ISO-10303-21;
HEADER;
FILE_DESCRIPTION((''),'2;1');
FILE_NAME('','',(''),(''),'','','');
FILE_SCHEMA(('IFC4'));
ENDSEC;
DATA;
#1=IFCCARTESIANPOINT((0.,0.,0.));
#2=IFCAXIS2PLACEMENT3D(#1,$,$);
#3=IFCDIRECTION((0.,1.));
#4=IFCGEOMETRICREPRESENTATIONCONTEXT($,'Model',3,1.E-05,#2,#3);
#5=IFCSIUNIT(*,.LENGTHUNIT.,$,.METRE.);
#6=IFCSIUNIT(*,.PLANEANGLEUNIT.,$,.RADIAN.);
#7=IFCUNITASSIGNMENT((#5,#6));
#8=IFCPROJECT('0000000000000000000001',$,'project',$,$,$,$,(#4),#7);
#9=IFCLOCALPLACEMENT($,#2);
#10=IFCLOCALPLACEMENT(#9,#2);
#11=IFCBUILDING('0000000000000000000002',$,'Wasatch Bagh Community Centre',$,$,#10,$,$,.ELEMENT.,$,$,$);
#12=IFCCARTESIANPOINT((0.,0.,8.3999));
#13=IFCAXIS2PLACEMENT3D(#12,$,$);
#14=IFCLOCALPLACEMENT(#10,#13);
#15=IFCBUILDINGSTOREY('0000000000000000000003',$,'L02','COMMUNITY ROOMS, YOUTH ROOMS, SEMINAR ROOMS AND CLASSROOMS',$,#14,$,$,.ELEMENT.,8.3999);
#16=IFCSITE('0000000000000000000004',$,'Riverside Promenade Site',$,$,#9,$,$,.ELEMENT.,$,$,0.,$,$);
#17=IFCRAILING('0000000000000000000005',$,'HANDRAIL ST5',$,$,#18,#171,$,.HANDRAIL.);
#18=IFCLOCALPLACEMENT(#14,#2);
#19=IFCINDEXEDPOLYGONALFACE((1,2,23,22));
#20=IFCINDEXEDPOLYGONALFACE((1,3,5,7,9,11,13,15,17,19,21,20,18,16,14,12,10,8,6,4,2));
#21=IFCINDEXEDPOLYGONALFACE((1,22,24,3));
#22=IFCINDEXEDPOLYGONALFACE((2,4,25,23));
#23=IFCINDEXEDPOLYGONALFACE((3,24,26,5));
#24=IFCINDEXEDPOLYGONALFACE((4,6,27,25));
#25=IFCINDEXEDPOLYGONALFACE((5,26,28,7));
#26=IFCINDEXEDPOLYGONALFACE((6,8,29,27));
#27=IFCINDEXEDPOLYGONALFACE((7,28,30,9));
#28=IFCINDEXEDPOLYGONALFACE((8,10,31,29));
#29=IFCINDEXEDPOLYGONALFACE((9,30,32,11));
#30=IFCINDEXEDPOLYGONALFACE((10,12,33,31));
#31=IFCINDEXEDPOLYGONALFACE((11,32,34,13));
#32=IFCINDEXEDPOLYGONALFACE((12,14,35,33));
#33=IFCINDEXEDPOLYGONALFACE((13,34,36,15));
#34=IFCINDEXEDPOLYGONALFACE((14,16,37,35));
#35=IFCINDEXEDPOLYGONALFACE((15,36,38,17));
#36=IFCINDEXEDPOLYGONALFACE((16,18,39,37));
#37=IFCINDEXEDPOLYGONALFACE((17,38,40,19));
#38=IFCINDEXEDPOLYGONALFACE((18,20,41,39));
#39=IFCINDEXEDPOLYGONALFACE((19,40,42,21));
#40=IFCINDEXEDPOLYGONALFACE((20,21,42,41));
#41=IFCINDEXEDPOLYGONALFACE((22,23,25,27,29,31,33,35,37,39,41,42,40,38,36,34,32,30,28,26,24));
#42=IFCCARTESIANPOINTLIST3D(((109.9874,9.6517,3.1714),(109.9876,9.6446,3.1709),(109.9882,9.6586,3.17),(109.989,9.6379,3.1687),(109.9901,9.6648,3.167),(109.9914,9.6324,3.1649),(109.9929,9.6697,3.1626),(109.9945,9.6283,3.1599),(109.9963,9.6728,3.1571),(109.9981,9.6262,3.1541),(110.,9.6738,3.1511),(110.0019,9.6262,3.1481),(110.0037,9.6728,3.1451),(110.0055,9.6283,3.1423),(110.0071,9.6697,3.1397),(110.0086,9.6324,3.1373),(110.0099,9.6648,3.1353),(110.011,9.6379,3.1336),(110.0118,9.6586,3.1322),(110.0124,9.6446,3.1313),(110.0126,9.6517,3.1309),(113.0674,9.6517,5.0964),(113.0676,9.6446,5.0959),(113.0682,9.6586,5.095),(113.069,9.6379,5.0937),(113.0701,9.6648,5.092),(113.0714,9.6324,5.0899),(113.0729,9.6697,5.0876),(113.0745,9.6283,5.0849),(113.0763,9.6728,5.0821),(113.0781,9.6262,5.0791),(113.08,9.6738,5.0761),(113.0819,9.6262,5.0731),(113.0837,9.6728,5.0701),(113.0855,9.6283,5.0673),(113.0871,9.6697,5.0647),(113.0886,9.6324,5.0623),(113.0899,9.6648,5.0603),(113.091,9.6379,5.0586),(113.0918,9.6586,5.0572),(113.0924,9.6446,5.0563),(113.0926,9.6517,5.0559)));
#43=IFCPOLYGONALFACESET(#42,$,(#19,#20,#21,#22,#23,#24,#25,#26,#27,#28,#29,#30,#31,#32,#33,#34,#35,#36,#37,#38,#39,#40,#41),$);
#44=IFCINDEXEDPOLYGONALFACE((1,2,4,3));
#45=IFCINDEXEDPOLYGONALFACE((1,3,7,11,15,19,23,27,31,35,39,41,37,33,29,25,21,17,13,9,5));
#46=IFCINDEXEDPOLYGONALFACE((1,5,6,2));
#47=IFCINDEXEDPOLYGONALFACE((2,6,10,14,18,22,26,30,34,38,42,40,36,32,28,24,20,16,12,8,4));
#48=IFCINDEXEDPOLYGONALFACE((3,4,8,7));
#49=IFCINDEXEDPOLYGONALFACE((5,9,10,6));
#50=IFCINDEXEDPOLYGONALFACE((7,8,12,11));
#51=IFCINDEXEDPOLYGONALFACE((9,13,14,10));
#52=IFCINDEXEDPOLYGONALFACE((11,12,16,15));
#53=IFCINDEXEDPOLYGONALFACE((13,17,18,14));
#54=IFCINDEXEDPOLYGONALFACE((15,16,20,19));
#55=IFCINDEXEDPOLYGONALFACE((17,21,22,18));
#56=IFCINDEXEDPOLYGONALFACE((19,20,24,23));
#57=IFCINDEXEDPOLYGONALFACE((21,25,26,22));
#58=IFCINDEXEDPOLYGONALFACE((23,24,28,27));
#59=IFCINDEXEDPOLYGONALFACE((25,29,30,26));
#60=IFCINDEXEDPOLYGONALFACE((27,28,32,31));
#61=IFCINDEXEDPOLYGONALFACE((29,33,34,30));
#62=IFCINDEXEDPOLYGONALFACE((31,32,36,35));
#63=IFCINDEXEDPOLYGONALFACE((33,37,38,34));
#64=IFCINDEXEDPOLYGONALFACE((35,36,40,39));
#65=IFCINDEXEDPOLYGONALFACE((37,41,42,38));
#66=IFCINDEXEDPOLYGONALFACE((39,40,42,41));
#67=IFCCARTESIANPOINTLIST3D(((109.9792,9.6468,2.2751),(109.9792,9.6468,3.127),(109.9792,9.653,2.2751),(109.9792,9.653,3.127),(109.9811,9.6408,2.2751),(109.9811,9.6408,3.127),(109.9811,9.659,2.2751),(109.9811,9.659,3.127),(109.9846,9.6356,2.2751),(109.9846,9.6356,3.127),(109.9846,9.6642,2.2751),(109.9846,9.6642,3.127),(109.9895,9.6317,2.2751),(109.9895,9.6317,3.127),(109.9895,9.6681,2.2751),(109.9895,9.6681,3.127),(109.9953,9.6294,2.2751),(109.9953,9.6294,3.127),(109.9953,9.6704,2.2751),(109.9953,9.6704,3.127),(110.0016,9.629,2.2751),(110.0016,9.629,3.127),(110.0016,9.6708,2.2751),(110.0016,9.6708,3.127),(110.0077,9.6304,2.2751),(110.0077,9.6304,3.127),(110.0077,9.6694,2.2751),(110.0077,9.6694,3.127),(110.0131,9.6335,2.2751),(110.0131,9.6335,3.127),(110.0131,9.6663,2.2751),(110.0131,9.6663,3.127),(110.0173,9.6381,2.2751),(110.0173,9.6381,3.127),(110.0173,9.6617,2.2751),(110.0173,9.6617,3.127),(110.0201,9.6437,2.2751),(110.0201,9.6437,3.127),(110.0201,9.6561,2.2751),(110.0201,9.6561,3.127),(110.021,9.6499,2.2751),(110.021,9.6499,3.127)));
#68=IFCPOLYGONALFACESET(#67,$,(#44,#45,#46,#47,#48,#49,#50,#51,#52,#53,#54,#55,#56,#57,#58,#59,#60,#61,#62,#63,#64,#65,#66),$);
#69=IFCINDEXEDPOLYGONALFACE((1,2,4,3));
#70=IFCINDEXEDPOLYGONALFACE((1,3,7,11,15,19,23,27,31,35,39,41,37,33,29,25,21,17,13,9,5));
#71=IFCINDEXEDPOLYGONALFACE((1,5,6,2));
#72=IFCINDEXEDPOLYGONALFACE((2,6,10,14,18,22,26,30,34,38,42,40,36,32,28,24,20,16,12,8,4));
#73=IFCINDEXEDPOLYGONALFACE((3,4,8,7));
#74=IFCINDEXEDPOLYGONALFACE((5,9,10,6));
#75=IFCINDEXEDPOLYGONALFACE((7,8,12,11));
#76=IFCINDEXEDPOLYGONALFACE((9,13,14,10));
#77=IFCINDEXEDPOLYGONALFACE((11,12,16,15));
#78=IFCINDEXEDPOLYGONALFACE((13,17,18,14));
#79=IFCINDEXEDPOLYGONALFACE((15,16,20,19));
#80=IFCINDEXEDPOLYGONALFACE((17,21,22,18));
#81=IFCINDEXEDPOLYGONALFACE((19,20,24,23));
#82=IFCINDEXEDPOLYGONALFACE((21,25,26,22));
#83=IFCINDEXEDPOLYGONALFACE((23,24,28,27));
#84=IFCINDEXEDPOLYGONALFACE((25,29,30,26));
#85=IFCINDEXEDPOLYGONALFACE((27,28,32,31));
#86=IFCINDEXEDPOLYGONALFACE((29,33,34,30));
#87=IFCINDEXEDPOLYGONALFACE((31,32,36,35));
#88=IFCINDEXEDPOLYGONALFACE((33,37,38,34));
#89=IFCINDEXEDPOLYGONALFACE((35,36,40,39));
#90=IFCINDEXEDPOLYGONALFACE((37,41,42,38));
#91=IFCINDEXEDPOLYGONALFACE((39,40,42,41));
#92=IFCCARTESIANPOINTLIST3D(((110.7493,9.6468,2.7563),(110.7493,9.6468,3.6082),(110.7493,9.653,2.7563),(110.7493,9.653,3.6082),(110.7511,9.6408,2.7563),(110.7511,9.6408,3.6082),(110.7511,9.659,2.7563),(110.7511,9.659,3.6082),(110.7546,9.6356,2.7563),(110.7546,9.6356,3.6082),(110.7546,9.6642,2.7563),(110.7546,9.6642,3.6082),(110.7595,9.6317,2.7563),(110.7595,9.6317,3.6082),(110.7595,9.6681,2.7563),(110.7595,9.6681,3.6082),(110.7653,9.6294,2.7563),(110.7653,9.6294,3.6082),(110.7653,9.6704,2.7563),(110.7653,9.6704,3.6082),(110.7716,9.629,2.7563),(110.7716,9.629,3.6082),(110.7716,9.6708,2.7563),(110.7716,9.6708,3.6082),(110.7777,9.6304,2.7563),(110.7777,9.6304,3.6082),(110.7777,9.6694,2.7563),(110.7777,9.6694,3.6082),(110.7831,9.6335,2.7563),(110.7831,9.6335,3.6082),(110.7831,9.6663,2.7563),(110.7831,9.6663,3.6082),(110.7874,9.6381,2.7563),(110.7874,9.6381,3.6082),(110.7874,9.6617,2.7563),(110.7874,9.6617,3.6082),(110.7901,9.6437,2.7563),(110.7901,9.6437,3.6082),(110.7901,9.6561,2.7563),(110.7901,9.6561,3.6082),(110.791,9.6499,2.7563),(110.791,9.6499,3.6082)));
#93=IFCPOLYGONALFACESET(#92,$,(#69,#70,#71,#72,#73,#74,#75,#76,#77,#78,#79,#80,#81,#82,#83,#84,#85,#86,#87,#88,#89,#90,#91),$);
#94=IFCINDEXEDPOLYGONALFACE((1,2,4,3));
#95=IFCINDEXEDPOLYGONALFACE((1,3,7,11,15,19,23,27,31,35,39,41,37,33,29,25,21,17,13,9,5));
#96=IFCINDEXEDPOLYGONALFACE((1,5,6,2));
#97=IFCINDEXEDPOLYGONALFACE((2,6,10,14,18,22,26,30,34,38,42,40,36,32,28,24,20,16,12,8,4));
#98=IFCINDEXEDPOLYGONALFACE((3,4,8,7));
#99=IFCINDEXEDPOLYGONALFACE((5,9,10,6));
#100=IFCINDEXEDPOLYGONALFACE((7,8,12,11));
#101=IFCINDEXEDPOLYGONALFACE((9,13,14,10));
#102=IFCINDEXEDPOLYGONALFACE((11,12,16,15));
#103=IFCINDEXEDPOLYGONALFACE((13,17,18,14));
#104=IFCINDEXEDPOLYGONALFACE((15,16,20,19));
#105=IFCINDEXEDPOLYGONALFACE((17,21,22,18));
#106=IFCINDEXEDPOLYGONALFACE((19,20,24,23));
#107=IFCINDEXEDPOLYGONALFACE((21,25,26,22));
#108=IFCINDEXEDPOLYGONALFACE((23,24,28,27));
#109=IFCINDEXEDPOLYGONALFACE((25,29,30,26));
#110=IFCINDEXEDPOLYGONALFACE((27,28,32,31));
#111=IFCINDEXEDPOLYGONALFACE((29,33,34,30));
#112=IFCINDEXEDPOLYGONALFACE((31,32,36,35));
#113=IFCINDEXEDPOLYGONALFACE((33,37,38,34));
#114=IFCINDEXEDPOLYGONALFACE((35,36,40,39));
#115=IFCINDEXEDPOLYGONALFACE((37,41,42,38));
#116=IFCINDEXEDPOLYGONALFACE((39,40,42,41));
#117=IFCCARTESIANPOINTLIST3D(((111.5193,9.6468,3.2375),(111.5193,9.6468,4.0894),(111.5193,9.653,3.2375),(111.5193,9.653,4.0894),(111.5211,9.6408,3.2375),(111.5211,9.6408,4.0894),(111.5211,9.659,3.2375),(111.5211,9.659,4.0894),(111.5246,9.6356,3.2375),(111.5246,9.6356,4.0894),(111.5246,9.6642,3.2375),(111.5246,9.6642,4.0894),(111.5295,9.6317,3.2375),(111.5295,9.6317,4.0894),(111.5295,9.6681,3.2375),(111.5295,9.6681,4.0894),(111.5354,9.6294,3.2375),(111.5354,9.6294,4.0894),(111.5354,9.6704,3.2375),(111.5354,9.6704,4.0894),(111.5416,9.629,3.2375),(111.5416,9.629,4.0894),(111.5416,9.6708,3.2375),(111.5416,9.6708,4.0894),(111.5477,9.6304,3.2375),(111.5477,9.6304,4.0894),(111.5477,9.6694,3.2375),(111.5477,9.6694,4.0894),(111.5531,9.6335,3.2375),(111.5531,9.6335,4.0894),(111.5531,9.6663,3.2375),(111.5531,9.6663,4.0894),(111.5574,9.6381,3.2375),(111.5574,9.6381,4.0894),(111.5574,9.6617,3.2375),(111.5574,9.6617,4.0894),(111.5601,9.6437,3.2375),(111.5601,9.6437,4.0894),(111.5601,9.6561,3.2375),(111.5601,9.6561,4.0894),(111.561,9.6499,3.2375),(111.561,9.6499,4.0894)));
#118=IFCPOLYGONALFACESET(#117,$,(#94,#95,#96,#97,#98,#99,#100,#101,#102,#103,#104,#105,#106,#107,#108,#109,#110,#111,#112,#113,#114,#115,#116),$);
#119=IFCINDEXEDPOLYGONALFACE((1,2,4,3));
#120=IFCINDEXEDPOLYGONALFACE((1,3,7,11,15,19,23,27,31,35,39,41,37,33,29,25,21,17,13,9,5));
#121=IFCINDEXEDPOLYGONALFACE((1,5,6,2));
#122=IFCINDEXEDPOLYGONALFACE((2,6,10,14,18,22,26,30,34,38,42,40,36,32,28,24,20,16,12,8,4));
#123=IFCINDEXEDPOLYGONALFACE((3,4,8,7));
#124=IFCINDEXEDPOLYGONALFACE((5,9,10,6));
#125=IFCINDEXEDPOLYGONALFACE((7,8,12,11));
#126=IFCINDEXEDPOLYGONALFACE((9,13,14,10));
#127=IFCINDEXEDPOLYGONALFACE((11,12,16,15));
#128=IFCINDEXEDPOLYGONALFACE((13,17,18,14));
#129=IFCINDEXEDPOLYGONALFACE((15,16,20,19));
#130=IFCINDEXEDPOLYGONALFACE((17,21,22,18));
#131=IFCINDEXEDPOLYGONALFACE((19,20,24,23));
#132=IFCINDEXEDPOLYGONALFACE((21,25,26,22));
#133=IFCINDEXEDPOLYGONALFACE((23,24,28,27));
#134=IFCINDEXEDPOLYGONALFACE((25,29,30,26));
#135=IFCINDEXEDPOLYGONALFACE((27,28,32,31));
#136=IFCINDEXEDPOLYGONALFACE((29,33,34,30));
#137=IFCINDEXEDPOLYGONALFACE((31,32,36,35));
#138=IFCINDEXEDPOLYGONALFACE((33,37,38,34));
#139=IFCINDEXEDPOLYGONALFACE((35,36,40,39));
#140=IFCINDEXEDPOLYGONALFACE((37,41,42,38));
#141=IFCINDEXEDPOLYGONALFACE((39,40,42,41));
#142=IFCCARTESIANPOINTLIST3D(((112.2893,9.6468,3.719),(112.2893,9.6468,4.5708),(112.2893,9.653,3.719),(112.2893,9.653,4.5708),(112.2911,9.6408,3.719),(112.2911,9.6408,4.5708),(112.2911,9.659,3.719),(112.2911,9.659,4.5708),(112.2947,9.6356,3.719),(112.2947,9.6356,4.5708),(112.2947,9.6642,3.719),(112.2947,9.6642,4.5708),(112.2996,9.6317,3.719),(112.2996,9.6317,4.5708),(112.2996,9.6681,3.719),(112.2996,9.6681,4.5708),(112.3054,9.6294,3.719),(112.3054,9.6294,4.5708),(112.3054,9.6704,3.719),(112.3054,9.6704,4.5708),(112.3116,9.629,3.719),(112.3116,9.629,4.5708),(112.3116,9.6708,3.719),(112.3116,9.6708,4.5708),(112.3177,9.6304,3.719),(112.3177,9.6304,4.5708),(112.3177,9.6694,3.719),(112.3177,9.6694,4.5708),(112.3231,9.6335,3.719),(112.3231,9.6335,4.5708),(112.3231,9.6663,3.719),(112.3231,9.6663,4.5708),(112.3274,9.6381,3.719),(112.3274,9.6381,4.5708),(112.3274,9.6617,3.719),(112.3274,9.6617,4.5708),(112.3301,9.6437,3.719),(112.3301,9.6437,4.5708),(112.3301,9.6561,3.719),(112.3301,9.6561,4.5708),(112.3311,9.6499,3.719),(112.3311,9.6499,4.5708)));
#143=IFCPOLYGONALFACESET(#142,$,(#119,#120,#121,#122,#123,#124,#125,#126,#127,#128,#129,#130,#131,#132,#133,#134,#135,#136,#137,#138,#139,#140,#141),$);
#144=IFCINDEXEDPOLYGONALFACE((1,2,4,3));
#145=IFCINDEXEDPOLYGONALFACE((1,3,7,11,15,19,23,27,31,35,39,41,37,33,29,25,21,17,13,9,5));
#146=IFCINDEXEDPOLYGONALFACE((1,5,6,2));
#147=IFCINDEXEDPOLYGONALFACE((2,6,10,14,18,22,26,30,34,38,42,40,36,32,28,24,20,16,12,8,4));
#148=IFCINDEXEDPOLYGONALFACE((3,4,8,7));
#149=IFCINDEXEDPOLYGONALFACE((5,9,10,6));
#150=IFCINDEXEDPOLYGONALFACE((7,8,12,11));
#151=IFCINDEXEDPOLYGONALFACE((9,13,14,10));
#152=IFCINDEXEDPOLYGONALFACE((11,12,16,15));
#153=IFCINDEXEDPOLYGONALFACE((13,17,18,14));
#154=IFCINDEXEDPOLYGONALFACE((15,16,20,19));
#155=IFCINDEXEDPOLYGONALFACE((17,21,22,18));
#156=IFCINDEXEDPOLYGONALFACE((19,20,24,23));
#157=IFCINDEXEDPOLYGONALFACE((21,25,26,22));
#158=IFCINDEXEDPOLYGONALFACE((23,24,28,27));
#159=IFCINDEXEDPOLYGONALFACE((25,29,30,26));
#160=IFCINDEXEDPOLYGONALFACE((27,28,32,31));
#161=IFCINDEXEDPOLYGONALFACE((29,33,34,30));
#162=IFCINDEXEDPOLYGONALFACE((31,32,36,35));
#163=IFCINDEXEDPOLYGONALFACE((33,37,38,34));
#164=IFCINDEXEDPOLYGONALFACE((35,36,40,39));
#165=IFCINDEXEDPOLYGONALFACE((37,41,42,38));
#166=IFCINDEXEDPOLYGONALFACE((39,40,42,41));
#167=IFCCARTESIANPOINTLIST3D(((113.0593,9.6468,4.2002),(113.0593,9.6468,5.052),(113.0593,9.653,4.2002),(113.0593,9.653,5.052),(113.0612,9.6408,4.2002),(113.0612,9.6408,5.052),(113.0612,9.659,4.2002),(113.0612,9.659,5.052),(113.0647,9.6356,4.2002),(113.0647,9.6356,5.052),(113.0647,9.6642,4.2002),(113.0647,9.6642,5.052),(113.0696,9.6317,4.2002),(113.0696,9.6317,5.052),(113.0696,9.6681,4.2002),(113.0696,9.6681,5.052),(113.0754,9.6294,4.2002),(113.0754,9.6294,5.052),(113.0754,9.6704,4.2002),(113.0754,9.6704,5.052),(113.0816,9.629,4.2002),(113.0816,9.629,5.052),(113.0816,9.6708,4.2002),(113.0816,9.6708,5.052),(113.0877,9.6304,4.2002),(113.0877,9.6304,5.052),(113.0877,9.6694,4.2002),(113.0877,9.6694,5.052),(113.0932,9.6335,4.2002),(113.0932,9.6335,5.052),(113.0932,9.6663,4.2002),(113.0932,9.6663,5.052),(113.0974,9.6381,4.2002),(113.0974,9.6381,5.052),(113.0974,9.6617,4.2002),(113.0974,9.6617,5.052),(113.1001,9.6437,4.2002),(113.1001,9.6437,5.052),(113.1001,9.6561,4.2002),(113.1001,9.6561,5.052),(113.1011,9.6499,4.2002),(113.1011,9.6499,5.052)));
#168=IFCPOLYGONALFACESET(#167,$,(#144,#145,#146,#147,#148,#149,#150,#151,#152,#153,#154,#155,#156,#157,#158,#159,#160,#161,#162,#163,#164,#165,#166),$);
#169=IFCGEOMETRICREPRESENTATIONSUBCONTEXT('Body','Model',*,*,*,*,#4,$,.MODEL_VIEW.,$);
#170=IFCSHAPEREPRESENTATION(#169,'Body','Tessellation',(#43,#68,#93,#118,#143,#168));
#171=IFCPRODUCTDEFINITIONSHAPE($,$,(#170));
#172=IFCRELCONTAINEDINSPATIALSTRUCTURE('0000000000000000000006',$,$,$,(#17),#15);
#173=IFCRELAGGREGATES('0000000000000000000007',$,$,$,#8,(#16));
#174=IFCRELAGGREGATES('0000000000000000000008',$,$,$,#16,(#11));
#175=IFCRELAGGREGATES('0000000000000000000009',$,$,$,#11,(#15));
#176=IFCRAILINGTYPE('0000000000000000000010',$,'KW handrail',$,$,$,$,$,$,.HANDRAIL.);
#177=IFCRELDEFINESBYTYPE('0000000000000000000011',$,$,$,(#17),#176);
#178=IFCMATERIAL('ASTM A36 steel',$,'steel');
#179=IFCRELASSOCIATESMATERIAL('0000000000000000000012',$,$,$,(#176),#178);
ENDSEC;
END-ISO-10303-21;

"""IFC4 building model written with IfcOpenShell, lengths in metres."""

from ifc_helpers import new_model, si_unit, direction, frame, origin, origin_2d, place, context, subcontext, project, spatial, circle, extrude, material, type_object, element, save


model = new_model("IFC4")

# Units and contexts
model_context = context("Model", 3, precision=1e-05, world=origin(), true_north=direction((0.0, 1.0)))
body_context = subcontext(model_context, "Body", "Model", "MODEL_VIEW")
ifc_project = project(units=[si_unit("LENGTHUNIT", "METRE"), si_unit("PLANEANGLEUNIT", "RADIAN")], contexts=[model_context])

# Site, building, storey
site_placement = place(None, origin())
site = spatial("IfcSite", under=ifc_project, at=site_placement, Name="Riverside Promenade Site", CompositionType="ELEMENT", RefElevation=0.0)
building_placement = place(site_placement, origin())
building = spatial("IfcBuilding", under=site, at=building_placement, Name="Wasatch Bagh Community Centre", CompositionType="ELEMENT")
storey_placement = place(building_placement, frame((0.0, 0.0, 8.3999)))
storey = spatial("IfcBuildingStorey", under=building, at=storey_placement, Name="L02", Description="COMMUNITY ROOMS, YOUTH ROOMS, SEMINAR ROOMS AND CLASSROOMS", CompositionType="ELEMENT", Elevation=8.3999)

# Railing
ifc_material_1 = material(Name="ASTM A36 steel", Category="steel")
railing_type_1 = type_object("IfcRailingType", Name="KW handrail", PredefinedType="HANDRAIL", material=ifc_material_1)
for number, where, name in (
    (1, (110.0, 9.6499, 2.2751), "HANDRAIL ST5"),
):
    element("IfcRailing", number, at=place(storey_placement, frame(where)), inside=storey, type_object=railing_type_1, Name=name, PredefinedType="HANDRAIL", context=body_context, shape_type="SweptSolid", body=[
        extrude(circle(Radius=0.0239, at=origin_2d()), frame((0.0, 0.0, 0.876), z_axis=(0.847998, 0.0, 0.529999), x_axis=(0.0, 1.0, 0.0)), (0.0, 0.0, 1.0), 3.6321),
        extrude(circle(Radius=0.021, at=origin_2d()), origin(), (0.0, 0.0, 1.0), 0.8518),
        extrude(circle(Radius=0.021, at=origin_2d()), frame((0.77, 0.0, 0.4812)), (0.0, 0.0, 1.0), 0.8518),
        extrude(circle(Radius=0.021, at=origin_2d()), frame((1.54, 0.0, 0.9624)), (0.0, 0.0, 1.0), 0.8518),
        extrude(circle(Radius=0.021, at=origin_2d()), frame((2.3101, 0.0, 1.4438)), (0.0, 0.0, 1.0), 0.8518),
        extrude(circle(Radius=0.021, at=origin_2d()), frame((3.0801, 0.0, 1.925)), (0.0, 0.0, 1.0), 0.8518),
    ])

save(model, "model.ifc")
